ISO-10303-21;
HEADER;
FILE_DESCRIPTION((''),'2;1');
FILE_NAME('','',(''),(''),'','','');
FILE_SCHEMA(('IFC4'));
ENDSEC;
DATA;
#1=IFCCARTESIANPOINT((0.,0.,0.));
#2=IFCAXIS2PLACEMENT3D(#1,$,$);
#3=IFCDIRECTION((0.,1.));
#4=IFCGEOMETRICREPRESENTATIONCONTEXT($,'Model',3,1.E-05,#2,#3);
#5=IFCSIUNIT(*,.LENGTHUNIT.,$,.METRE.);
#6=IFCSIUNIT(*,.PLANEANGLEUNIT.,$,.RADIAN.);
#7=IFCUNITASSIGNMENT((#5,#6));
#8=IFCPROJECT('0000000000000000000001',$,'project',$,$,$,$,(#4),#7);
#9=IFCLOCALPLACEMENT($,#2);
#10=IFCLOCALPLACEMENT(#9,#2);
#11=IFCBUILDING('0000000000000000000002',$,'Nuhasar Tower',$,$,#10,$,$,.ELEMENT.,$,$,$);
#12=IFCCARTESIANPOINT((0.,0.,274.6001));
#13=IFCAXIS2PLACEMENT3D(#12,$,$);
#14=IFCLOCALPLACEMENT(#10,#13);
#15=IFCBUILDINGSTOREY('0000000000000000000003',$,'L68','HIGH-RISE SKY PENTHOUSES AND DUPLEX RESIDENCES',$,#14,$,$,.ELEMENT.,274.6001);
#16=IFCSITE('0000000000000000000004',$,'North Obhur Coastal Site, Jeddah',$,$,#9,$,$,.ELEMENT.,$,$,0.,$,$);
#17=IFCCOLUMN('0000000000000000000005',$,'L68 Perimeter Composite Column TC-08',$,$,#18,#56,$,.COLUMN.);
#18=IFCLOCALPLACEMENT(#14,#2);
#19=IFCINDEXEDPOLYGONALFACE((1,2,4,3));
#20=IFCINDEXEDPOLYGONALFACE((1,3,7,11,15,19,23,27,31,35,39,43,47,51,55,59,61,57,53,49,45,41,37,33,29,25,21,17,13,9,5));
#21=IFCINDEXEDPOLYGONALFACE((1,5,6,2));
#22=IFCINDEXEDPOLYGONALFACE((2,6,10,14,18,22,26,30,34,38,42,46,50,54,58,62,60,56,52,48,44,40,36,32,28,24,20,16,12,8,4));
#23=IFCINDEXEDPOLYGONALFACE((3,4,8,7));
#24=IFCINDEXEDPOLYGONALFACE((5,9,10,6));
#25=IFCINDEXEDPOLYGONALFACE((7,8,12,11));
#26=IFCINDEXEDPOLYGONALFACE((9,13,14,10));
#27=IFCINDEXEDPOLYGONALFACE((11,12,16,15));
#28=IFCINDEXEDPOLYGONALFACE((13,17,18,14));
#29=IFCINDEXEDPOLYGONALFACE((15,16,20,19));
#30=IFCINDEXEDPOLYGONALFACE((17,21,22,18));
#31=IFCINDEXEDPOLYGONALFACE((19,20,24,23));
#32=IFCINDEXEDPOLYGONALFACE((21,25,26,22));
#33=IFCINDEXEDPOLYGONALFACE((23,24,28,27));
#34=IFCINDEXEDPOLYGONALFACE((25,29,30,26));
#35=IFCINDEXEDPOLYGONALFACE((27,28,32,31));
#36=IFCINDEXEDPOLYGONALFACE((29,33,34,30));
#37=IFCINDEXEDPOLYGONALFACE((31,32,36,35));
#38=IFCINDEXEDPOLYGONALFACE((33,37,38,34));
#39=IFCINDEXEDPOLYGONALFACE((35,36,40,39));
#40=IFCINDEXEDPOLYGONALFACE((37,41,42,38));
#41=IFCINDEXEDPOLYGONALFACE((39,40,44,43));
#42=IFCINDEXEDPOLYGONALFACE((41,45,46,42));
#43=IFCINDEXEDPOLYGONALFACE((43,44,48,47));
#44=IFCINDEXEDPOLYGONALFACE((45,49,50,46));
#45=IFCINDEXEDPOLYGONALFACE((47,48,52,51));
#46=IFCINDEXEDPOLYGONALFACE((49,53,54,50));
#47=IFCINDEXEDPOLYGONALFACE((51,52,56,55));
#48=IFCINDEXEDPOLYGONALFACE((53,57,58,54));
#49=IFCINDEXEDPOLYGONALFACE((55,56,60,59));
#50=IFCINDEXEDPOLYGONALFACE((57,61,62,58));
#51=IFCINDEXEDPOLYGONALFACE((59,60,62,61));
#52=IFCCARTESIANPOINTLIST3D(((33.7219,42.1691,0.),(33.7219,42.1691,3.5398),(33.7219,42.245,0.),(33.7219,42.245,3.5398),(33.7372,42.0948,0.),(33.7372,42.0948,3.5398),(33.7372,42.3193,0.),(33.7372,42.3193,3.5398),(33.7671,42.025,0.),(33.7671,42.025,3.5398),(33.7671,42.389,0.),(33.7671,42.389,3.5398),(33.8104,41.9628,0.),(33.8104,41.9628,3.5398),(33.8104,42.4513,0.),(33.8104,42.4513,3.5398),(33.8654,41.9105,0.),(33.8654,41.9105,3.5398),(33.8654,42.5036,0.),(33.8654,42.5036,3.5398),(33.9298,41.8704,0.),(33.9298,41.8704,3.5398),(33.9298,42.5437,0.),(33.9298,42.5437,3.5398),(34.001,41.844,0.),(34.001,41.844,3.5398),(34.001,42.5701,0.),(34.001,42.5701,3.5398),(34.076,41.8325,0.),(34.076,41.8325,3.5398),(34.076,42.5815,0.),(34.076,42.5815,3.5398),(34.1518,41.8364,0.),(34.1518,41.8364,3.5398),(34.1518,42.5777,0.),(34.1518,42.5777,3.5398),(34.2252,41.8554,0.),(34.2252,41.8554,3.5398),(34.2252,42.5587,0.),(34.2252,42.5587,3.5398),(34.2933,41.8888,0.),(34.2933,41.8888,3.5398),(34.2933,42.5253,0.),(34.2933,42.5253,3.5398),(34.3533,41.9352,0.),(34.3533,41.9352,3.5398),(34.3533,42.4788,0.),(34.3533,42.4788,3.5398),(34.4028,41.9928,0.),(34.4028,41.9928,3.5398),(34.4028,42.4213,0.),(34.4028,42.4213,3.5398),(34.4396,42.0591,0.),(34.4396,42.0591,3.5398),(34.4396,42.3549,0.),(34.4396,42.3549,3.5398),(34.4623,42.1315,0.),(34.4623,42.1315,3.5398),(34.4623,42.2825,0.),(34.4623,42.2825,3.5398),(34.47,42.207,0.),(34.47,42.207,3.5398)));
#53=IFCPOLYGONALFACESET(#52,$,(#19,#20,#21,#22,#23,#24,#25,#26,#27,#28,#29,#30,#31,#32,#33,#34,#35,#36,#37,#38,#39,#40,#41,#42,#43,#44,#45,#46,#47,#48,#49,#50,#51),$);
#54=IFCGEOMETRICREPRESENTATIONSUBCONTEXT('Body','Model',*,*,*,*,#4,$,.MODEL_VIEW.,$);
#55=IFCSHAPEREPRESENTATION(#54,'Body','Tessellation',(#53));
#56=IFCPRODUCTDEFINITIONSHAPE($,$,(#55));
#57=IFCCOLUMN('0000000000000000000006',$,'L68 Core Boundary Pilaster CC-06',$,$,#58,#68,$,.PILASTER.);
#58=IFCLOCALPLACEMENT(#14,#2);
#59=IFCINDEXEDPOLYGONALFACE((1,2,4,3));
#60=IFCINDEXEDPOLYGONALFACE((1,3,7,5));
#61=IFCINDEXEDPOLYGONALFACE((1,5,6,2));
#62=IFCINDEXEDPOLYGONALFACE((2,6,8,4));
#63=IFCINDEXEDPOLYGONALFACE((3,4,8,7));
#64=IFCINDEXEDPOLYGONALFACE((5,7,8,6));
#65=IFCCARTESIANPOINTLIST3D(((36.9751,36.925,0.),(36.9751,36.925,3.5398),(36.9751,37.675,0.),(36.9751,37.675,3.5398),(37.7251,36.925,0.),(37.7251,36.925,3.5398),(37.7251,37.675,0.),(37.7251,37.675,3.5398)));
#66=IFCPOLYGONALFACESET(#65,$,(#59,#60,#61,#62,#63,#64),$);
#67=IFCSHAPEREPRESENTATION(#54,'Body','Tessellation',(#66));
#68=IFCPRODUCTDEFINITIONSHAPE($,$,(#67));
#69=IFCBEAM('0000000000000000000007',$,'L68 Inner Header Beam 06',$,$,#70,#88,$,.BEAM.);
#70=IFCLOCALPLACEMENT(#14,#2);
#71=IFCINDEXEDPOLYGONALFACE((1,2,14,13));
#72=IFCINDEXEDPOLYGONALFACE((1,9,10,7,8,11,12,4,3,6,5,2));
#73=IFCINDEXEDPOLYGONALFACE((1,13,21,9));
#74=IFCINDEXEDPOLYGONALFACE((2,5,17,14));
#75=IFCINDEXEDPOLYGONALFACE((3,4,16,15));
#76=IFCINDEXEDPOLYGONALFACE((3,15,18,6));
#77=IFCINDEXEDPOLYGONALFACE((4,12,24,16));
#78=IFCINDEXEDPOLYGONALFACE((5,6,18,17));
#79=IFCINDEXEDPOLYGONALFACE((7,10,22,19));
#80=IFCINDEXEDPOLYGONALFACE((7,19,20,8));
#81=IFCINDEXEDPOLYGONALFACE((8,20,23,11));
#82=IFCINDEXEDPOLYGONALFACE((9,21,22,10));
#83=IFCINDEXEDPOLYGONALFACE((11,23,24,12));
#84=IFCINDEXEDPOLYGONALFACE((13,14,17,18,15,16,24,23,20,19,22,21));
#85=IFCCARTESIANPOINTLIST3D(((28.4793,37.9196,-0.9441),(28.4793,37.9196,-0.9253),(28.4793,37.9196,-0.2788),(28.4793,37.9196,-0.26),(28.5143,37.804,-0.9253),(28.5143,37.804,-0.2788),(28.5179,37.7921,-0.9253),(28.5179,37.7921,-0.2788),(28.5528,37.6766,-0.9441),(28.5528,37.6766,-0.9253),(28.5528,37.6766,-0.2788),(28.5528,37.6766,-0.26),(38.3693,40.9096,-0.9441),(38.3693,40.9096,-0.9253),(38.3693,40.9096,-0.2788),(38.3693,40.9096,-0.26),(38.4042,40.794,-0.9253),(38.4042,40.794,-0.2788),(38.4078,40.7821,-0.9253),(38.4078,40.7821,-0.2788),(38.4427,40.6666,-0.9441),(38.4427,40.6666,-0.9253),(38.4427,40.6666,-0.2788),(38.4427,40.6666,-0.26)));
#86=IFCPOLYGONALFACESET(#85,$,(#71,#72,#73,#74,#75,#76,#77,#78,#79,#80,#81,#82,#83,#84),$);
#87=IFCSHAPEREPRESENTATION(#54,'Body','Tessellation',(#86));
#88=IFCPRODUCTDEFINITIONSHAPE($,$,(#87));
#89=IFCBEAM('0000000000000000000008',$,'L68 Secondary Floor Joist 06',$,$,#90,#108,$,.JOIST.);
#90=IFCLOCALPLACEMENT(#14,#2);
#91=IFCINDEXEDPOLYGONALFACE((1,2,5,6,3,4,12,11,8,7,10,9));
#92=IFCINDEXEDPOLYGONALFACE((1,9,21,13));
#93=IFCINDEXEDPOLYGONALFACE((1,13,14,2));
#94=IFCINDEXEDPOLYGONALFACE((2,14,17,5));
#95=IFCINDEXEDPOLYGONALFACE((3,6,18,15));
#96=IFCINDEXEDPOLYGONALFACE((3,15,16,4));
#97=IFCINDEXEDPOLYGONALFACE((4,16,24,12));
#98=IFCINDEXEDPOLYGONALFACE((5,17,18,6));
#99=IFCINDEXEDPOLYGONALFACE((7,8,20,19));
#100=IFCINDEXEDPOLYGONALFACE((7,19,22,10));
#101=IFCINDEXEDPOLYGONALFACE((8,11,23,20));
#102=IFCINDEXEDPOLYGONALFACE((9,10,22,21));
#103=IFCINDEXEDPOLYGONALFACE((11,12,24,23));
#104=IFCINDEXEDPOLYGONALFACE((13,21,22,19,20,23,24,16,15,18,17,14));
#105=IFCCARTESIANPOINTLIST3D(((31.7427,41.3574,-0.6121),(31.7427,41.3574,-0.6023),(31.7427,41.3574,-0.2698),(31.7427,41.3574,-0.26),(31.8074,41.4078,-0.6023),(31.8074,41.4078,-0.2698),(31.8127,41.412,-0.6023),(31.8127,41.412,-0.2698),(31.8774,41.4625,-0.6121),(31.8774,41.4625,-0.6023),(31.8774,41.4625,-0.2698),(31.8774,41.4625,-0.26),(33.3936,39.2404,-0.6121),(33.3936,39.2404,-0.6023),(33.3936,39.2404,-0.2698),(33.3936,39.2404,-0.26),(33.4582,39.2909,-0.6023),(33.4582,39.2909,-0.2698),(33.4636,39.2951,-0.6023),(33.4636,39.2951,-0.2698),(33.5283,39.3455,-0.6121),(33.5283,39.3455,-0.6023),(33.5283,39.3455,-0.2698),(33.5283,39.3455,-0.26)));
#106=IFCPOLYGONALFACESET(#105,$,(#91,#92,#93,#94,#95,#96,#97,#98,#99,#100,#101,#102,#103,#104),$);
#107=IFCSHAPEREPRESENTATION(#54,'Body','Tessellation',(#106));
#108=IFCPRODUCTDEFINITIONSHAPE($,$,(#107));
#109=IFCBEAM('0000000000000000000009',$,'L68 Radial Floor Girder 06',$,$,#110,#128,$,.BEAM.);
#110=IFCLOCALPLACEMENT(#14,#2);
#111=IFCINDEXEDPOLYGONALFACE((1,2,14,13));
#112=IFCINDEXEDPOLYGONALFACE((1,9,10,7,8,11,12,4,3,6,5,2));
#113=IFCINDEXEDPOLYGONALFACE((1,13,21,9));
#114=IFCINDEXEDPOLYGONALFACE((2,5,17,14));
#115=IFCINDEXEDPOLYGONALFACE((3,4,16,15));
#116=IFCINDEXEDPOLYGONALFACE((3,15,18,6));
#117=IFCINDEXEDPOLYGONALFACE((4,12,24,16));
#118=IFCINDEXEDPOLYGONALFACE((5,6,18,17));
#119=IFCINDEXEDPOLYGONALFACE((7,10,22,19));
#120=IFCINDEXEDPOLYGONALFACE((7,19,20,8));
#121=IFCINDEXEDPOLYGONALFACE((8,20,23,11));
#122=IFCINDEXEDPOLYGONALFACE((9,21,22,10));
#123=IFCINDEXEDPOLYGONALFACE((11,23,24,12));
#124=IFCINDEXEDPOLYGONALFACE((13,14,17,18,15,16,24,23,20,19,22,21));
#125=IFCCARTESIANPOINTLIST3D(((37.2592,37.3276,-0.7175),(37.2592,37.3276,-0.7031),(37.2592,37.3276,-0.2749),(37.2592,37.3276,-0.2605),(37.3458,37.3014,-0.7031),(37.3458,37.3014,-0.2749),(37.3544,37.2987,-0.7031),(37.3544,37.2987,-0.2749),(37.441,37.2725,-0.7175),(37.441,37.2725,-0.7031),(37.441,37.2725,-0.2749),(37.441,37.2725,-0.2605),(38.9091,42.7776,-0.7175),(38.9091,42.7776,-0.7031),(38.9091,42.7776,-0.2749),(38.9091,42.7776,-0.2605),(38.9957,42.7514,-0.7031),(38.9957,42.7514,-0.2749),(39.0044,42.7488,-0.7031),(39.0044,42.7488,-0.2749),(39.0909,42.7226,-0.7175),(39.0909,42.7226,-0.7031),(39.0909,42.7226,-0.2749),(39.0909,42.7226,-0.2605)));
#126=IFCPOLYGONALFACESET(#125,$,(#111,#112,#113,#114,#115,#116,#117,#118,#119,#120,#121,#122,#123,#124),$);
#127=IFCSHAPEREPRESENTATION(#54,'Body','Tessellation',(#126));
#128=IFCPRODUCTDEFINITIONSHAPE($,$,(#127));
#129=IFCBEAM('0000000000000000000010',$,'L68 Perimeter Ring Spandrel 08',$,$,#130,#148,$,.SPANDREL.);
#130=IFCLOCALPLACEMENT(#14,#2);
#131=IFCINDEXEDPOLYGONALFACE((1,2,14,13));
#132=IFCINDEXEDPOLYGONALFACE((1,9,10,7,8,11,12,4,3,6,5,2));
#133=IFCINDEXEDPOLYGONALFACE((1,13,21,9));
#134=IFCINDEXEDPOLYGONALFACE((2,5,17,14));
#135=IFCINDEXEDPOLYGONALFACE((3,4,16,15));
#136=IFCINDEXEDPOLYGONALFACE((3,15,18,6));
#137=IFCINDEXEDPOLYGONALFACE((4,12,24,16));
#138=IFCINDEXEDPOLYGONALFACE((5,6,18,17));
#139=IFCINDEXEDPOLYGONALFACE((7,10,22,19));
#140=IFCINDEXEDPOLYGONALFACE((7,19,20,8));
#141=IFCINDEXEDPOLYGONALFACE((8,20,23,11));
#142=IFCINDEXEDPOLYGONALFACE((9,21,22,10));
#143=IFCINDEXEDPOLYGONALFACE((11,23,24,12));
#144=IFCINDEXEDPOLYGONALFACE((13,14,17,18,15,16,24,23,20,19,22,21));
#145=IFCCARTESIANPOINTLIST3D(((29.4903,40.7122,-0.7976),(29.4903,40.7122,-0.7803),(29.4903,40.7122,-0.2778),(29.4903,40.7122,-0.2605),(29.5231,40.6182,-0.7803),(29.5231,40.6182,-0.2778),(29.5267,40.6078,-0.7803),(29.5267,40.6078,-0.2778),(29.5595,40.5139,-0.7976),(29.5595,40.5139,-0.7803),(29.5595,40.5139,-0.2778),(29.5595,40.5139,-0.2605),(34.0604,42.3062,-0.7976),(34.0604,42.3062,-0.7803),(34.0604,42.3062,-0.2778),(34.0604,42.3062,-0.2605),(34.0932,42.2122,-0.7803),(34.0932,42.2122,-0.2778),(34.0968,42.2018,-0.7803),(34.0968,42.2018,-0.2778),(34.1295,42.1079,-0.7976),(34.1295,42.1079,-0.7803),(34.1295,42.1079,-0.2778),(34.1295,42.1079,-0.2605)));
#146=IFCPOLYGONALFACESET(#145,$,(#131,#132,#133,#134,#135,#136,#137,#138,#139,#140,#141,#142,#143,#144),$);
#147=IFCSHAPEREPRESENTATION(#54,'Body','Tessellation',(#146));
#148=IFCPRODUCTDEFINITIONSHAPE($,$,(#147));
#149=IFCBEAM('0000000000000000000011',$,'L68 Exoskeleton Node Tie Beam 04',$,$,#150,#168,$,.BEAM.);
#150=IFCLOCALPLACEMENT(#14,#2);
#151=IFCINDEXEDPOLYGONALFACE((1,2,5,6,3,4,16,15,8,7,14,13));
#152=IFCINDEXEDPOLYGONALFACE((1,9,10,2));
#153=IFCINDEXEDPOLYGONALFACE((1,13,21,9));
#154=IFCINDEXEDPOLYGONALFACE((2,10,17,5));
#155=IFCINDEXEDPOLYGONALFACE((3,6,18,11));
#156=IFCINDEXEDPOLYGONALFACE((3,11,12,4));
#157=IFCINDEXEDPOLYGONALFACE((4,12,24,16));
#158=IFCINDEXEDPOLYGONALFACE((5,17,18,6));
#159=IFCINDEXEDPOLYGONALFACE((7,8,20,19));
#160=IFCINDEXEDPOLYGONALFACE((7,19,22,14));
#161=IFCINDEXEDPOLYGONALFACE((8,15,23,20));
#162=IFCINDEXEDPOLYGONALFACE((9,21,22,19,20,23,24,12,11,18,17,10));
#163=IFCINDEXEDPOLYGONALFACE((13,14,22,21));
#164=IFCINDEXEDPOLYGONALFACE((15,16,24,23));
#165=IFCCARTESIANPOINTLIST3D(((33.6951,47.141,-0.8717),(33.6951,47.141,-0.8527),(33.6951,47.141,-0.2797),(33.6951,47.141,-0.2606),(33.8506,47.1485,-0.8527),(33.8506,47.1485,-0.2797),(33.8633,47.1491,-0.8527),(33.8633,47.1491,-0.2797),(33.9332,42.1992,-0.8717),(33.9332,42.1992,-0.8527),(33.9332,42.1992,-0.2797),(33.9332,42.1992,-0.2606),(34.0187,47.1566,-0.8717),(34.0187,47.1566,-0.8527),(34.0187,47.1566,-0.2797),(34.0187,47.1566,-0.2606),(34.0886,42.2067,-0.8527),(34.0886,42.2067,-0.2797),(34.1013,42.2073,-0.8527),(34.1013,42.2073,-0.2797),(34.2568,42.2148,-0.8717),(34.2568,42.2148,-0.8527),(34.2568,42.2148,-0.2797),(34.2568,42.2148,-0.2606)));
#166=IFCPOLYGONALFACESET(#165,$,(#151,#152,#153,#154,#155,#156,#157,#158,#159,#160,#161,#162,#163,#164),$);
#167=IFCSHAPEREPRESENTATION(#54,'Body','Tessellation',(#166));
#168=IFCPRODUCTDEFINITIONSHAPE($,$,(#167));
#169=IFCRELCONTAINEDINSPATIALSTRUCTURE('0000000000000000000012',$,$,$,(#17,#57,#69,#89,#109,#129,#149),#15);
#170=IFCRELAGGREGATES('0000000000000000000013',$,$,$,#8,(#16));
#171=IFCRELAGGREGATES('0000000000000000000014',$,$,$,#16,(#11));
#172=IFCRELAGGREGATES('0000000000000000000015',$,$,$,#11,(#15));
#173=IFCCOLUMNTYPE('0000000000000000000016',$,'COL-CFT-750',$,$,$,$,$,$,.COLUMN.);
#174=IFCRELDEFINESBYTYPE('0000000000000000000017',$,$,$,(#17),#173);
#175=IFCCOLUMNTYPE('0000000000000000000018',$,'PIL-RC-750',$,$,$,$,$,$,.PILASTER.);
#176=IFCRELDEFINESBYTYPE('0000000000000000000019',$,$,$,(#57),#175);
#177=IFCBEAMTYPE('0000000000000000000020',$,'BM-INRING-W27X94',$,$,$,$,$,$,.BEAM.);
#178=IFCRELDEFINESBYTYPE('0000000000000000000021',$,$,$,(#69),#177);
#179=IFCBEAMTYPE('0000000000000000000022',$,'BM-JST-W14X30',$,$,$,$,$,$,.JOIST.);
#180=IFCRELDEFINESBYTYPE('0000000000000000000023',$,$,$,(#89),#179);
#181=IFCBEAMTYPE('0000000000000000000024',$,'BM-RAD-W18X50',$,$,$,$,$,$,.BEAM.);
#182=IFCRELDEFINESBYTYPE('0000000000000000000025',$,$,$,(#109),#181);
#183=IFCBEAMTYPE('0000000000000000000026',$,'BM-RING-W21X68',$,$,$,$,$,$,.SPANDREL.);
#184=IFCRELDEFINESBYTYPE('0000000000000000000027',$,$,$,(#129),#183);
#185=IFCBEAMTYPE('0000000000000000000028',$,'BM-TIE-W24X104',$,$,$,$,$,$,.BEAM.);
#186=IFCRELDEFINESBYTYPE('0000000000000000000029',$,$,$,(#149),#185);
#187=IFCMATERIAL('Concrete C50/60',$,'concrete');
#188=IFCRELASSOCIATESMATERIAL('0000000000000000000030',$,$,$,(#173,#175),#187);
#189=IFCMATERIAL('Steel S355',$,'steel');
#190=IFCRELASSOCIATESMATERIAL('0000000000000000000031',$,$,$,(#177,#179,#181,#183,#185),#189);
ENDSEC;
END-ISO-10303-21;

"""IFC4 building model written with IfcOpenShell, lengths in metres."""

from ifc_helpers import new_model, si_unit, direction, frame, origin, origin_2d, place, context, subcontext, project, spatial, rectangle, circle, i_section, extrude, material, material_profile, profile_set, type_object, element, save


model = new_model("IFC4")

# Units and contexts
model_context = context("Model", 3, precision=1e-05, world=origin(), true_north=direction((0.0, 1.0)))
body_context = subcontext(model_context, "Body", "Model", "MODEL_VIEW")
ifc_project = project(units=[si_unit("LENGTHUNIT", "METRE"), si_unit("PLANEANGLEUNIT", "RADIAN")], contexts=[model_context])

# Site, building, storey
site_placement = place(None, origin())
site = spatial("IfcSite", under=ifc_project, at=site_placement, Name="North Obhur Coastal Site, Jeddah", CompositionType="ELEMENT", RefElevation=0.0)
building_placement = place(site_placement, origin())
building = spatial("IfcBuilding", under=site, at=building_placement, Name="Nuhasar Tower", CompositionType="ELEMENT")
storey_placement = place(building_placement, frame((0.0, 0.0, 274.6001)))
storey = spatial("IfcBuildingStorey", under=building, at=storey_placement, Name="L68", Description="HIGH-RISE SKY PENTHOUSES AND DUPLEX RESIDENCES", CompositionType="ELEMENT", Elevation=274.6001)

# Columns
ifc_material_1 = material(Name="Concrete C50/60", Category="concrete")
ifc_material_profile_1 = material_profile(ifc_material_1, circle(Radius=0.375, at=origin_2d()), Name="CFT750")
ifc_profile_set_1 = profile_set([ifc_material_profile_1], Name="Concrete C50/60")
column_type_1 = type_object("IfcColumnType", Name="COL-CFT-750", PredefinedType="COLUMN", material=ifc_profile_set_1)
column_1_placement = place(storey_placement, frame((34.095, 42.207, 0.0), z_axis=(0.0, 0.0, 1.0), x_axis=(1.0, 0.0, 0.0)))
element("IfcColumn", 1, at=column_1_placement, inside=storey, type_object=column_type_1, Name="L68 Perimeter Composite Column TC-08", PredefinedType="COLUMN", context=body_context, shape_type="SweptSolid", body=[
    extrude(circle(Radius=0.375, at=origin_2d()), origin(), (0.0, 0.0, 1.0), 3.5398),
])
ifc_material_profile_2 = material_profile(ifc_material_1, rectangle(XDim=0.75, YDim=0.75, at=origin_2d()), Name="RC750X750")
ifc_profile_set_2 = profile_set([ifc_material_profile_2], Name="Concrete C50/60")
column_type_2 = type_object("IfcColumnType", Name="PIL-RC-750", PredefinedType="PILASTER", material=ifc_profile_set_2)
column_2_placement = place(storey_placement, frame((37.3501, 37.3, 0.0), z_axis=(0.0, 0.0, 1.0), x_axis=(1.0, 0.0, 0.0)))
element("IfcColumn", 2, at=column_2_placement, inside=storey, type_object=column_type_2, Name="L68 Core Boundary Pilaster CC-06", PredefinedType="PILASTER", context=body_context, shape_type="SweptSolid", body=[
    extrude(rectangle(XDim=0.75, YDim=0.75, at=origin_2d()), origin(), (0.0, 0.0, 1.0), 3.5398),
])

# Beams
ifc_material_2 = material(Name="Steel S355", Category="steel")
ifc_material_profile_3 = material_profile(ifc_material_2, i_section(OverallWidth=0.2539, OverallDepth=0.6841, WebThickness=0.0125, FlangeThickness=0.0188, at=origin_2d()), Name="W27X94")
ifc_profile_set_3 = profile_set([ifc_material_profile_3], Name="Steel S355")
beam_type_1 = type_object("IfcBeamType", Name="BM-INRING-W27X94", PredefinedType="BEAM", material=ifc_profile_set_3)
beam_1_placement = place(storey_placement, frame((38.406, 40.7881, -0.6021), z_axis=(-0.957211, -0.289392, 0.0), x_axis=(0.289392, -0.957211, 0.0)))
element("IfcBeam", 3, at=beam_1_placement, inside=storey, type_object=beam_type_1, Name="L68 Inner Header Beam 06", PredefinedType="BEAM", context=body_context, shape_type="SweptSolid", body=[
    extrude(i_section(OverallWidth=0.2539, OverallDepth=0.6841, WebThickness=0.0125, FlangeThickness=0.0188, at=origin_2d()), origin(), (0.0, 0.0, 1.0), 10.332),
])
ifc_material_profile_4 = material_profile(ifc_material_2, i_section(OverallWidth=0.1709, OverallDepth=0.3521, WebThickness=0.0068, FlangeThickness=0.0098, at=origin_2d()), Name="W14X30")
ifc_profile_set_4 = profile_set([ifc_material_profile_4], Name="Steel S355")
beam_type_2 = type_object("IfcBeamType", Name="BM-JST-W14X30", PredefinedType="JOIST", material=ifc_profile_set_4)
beam_2_placement = place(storey_placement, frame((33.4609, 39.293, -0.436), z_axis=(-0.614954, 0.788563, 0.0), x_axis=(-0.788563, -0.614954, 0.0)))
element("IfcBeam", 4, at=beam_2_placement, inside=storey, type_object=beam_type_2, Name="L68 Secondary Floor Joist 06", PredefinedType="JOIST", context=body_context, shape_type="SweptSolid", body=[
    extrude(i_section(OverallWidth=0.1709, OverallDepth=0.3521, WebThickness=0.0068, FlangeThickness=0.0098, at=origin_2d()), origin(), (0.0, 0.0, 1.0), 2.6846),
])
ifc_material_profile_5 = material_profile(ifc_material_2, i_section(OverallWidth=0.1899, OverallDepth=0.457, WebThickness=0.009, FlangeThickness=0.0144, at=origin_2d()), Name="W18X50")
ifc_profile_set_5 = profile_set([ifc_material_profile_5], Name="Steel S355")
beam_type_3 = type_object("IfcBeamType", Name="BM-RAD-W18X50", PredefinedType="BEAM", material=ifc_profile_set_5)
beam_3_placement = place(storey_placement, frame((37.3501, 37.3, -0.489), z_axis=(0.28975, 0.957102, 0.0), x_axis=(-0.957102, 0.28975, 0.0)))
element("IfcBeam", 5, at=beam_3_placement, inside=storey, type_object=beam_type_3, Name="L68 Radial Floor Girder 06", PredefinedType="BEAM", context=body_context, shape_type="SweptSolid", body=[
    extrude(i_section(OverallWidth=0.1899, OverallDepth=0.457, WebThickness=0.009, FlangeThickness=0.0144, at=origin_2d()), origin(), (0.0, 0.0, 1.0), 5.6943),
])
ifc_material_profile_6 = material_profile(ifc_material_2, i_section(OverallWidth=0.21, OverallDepth=0.5371, WebThickness=0.011, FlangeThickness=0.0173, at=origin_2d()), Name="W21X68")
ifc_profile_set_6 = profile_set([ifc_material_profile_6], Name="Steel S355")
beam_type_4 = type_object("IfcBeamType", Name="BM-RING-W21X68", PredefinedType="SPANDREL", material=ifc_profile_set_6)
beam_4_placement = place(storey_placement, frame((34.095, 42.207, -0.5291), z_axis=(-0.944214, -0.329332, 0.0), x_axis=(0.329332, -0.944214, 0.0)))
element("IfcBeam", 6, at=beam_4_placement, inside=storey, type_object=beam_type_4, Name="L68 Perimeter Ring Spandrel 08", PredefinedType="SPANDREL", context=body_context, shape_type="SweptSolid", body=[
    extrude(i_section(OverallWidth=0.21, OverallDepth=0.5371, WebThickness=0.011, FlangeThickness=0.0173, at=origin_2d()), origin(), (0.0, 0.0, 1.0), 4.8401),
])
ifc_material_profile_7 = material_profile(ifc_material_2, i_section(OverallWidth=0.324, OverallDepth=0.6111, WebThickness=0.0127, FlangeThickness=0.019, at=origin_2d()), Name="W24X104")
ifc_profile_set_7 = profile_set([ifc_material_profile_7], Name="Steel S355")
beam_type_5 = type_object("IfcBeamType", Name="BM-TIE-W24X104", PredefinedType="BEAM", material=ifc_profile_set_7)
beam_5_placement = place(storey_placement, frame((34.095, 42.207, -0.5662), z_axis=(-0.048111, 0.998842, 0.0), x_axis=(-0.998842, -0.048111, 0.0)))
element("IfcBeam", 7, at=beam_5_placement, inside=storey, type_object=beam_type_5, Name="L68 Exoskeleton Node Tie Beam 04", PredefinedType="BEAM", context=body_context, shape_type="SweptSolid", body=[
    extrude(i_section(OverallWidth=0.324, OverallDepth=0.6111, WebThickness=0.0127, FlangeThickness=0.019, at=origin_2d()), origin(), (0.0, 0.0, 1.0), 4.9475),
])

save(model, "model.ifc")
